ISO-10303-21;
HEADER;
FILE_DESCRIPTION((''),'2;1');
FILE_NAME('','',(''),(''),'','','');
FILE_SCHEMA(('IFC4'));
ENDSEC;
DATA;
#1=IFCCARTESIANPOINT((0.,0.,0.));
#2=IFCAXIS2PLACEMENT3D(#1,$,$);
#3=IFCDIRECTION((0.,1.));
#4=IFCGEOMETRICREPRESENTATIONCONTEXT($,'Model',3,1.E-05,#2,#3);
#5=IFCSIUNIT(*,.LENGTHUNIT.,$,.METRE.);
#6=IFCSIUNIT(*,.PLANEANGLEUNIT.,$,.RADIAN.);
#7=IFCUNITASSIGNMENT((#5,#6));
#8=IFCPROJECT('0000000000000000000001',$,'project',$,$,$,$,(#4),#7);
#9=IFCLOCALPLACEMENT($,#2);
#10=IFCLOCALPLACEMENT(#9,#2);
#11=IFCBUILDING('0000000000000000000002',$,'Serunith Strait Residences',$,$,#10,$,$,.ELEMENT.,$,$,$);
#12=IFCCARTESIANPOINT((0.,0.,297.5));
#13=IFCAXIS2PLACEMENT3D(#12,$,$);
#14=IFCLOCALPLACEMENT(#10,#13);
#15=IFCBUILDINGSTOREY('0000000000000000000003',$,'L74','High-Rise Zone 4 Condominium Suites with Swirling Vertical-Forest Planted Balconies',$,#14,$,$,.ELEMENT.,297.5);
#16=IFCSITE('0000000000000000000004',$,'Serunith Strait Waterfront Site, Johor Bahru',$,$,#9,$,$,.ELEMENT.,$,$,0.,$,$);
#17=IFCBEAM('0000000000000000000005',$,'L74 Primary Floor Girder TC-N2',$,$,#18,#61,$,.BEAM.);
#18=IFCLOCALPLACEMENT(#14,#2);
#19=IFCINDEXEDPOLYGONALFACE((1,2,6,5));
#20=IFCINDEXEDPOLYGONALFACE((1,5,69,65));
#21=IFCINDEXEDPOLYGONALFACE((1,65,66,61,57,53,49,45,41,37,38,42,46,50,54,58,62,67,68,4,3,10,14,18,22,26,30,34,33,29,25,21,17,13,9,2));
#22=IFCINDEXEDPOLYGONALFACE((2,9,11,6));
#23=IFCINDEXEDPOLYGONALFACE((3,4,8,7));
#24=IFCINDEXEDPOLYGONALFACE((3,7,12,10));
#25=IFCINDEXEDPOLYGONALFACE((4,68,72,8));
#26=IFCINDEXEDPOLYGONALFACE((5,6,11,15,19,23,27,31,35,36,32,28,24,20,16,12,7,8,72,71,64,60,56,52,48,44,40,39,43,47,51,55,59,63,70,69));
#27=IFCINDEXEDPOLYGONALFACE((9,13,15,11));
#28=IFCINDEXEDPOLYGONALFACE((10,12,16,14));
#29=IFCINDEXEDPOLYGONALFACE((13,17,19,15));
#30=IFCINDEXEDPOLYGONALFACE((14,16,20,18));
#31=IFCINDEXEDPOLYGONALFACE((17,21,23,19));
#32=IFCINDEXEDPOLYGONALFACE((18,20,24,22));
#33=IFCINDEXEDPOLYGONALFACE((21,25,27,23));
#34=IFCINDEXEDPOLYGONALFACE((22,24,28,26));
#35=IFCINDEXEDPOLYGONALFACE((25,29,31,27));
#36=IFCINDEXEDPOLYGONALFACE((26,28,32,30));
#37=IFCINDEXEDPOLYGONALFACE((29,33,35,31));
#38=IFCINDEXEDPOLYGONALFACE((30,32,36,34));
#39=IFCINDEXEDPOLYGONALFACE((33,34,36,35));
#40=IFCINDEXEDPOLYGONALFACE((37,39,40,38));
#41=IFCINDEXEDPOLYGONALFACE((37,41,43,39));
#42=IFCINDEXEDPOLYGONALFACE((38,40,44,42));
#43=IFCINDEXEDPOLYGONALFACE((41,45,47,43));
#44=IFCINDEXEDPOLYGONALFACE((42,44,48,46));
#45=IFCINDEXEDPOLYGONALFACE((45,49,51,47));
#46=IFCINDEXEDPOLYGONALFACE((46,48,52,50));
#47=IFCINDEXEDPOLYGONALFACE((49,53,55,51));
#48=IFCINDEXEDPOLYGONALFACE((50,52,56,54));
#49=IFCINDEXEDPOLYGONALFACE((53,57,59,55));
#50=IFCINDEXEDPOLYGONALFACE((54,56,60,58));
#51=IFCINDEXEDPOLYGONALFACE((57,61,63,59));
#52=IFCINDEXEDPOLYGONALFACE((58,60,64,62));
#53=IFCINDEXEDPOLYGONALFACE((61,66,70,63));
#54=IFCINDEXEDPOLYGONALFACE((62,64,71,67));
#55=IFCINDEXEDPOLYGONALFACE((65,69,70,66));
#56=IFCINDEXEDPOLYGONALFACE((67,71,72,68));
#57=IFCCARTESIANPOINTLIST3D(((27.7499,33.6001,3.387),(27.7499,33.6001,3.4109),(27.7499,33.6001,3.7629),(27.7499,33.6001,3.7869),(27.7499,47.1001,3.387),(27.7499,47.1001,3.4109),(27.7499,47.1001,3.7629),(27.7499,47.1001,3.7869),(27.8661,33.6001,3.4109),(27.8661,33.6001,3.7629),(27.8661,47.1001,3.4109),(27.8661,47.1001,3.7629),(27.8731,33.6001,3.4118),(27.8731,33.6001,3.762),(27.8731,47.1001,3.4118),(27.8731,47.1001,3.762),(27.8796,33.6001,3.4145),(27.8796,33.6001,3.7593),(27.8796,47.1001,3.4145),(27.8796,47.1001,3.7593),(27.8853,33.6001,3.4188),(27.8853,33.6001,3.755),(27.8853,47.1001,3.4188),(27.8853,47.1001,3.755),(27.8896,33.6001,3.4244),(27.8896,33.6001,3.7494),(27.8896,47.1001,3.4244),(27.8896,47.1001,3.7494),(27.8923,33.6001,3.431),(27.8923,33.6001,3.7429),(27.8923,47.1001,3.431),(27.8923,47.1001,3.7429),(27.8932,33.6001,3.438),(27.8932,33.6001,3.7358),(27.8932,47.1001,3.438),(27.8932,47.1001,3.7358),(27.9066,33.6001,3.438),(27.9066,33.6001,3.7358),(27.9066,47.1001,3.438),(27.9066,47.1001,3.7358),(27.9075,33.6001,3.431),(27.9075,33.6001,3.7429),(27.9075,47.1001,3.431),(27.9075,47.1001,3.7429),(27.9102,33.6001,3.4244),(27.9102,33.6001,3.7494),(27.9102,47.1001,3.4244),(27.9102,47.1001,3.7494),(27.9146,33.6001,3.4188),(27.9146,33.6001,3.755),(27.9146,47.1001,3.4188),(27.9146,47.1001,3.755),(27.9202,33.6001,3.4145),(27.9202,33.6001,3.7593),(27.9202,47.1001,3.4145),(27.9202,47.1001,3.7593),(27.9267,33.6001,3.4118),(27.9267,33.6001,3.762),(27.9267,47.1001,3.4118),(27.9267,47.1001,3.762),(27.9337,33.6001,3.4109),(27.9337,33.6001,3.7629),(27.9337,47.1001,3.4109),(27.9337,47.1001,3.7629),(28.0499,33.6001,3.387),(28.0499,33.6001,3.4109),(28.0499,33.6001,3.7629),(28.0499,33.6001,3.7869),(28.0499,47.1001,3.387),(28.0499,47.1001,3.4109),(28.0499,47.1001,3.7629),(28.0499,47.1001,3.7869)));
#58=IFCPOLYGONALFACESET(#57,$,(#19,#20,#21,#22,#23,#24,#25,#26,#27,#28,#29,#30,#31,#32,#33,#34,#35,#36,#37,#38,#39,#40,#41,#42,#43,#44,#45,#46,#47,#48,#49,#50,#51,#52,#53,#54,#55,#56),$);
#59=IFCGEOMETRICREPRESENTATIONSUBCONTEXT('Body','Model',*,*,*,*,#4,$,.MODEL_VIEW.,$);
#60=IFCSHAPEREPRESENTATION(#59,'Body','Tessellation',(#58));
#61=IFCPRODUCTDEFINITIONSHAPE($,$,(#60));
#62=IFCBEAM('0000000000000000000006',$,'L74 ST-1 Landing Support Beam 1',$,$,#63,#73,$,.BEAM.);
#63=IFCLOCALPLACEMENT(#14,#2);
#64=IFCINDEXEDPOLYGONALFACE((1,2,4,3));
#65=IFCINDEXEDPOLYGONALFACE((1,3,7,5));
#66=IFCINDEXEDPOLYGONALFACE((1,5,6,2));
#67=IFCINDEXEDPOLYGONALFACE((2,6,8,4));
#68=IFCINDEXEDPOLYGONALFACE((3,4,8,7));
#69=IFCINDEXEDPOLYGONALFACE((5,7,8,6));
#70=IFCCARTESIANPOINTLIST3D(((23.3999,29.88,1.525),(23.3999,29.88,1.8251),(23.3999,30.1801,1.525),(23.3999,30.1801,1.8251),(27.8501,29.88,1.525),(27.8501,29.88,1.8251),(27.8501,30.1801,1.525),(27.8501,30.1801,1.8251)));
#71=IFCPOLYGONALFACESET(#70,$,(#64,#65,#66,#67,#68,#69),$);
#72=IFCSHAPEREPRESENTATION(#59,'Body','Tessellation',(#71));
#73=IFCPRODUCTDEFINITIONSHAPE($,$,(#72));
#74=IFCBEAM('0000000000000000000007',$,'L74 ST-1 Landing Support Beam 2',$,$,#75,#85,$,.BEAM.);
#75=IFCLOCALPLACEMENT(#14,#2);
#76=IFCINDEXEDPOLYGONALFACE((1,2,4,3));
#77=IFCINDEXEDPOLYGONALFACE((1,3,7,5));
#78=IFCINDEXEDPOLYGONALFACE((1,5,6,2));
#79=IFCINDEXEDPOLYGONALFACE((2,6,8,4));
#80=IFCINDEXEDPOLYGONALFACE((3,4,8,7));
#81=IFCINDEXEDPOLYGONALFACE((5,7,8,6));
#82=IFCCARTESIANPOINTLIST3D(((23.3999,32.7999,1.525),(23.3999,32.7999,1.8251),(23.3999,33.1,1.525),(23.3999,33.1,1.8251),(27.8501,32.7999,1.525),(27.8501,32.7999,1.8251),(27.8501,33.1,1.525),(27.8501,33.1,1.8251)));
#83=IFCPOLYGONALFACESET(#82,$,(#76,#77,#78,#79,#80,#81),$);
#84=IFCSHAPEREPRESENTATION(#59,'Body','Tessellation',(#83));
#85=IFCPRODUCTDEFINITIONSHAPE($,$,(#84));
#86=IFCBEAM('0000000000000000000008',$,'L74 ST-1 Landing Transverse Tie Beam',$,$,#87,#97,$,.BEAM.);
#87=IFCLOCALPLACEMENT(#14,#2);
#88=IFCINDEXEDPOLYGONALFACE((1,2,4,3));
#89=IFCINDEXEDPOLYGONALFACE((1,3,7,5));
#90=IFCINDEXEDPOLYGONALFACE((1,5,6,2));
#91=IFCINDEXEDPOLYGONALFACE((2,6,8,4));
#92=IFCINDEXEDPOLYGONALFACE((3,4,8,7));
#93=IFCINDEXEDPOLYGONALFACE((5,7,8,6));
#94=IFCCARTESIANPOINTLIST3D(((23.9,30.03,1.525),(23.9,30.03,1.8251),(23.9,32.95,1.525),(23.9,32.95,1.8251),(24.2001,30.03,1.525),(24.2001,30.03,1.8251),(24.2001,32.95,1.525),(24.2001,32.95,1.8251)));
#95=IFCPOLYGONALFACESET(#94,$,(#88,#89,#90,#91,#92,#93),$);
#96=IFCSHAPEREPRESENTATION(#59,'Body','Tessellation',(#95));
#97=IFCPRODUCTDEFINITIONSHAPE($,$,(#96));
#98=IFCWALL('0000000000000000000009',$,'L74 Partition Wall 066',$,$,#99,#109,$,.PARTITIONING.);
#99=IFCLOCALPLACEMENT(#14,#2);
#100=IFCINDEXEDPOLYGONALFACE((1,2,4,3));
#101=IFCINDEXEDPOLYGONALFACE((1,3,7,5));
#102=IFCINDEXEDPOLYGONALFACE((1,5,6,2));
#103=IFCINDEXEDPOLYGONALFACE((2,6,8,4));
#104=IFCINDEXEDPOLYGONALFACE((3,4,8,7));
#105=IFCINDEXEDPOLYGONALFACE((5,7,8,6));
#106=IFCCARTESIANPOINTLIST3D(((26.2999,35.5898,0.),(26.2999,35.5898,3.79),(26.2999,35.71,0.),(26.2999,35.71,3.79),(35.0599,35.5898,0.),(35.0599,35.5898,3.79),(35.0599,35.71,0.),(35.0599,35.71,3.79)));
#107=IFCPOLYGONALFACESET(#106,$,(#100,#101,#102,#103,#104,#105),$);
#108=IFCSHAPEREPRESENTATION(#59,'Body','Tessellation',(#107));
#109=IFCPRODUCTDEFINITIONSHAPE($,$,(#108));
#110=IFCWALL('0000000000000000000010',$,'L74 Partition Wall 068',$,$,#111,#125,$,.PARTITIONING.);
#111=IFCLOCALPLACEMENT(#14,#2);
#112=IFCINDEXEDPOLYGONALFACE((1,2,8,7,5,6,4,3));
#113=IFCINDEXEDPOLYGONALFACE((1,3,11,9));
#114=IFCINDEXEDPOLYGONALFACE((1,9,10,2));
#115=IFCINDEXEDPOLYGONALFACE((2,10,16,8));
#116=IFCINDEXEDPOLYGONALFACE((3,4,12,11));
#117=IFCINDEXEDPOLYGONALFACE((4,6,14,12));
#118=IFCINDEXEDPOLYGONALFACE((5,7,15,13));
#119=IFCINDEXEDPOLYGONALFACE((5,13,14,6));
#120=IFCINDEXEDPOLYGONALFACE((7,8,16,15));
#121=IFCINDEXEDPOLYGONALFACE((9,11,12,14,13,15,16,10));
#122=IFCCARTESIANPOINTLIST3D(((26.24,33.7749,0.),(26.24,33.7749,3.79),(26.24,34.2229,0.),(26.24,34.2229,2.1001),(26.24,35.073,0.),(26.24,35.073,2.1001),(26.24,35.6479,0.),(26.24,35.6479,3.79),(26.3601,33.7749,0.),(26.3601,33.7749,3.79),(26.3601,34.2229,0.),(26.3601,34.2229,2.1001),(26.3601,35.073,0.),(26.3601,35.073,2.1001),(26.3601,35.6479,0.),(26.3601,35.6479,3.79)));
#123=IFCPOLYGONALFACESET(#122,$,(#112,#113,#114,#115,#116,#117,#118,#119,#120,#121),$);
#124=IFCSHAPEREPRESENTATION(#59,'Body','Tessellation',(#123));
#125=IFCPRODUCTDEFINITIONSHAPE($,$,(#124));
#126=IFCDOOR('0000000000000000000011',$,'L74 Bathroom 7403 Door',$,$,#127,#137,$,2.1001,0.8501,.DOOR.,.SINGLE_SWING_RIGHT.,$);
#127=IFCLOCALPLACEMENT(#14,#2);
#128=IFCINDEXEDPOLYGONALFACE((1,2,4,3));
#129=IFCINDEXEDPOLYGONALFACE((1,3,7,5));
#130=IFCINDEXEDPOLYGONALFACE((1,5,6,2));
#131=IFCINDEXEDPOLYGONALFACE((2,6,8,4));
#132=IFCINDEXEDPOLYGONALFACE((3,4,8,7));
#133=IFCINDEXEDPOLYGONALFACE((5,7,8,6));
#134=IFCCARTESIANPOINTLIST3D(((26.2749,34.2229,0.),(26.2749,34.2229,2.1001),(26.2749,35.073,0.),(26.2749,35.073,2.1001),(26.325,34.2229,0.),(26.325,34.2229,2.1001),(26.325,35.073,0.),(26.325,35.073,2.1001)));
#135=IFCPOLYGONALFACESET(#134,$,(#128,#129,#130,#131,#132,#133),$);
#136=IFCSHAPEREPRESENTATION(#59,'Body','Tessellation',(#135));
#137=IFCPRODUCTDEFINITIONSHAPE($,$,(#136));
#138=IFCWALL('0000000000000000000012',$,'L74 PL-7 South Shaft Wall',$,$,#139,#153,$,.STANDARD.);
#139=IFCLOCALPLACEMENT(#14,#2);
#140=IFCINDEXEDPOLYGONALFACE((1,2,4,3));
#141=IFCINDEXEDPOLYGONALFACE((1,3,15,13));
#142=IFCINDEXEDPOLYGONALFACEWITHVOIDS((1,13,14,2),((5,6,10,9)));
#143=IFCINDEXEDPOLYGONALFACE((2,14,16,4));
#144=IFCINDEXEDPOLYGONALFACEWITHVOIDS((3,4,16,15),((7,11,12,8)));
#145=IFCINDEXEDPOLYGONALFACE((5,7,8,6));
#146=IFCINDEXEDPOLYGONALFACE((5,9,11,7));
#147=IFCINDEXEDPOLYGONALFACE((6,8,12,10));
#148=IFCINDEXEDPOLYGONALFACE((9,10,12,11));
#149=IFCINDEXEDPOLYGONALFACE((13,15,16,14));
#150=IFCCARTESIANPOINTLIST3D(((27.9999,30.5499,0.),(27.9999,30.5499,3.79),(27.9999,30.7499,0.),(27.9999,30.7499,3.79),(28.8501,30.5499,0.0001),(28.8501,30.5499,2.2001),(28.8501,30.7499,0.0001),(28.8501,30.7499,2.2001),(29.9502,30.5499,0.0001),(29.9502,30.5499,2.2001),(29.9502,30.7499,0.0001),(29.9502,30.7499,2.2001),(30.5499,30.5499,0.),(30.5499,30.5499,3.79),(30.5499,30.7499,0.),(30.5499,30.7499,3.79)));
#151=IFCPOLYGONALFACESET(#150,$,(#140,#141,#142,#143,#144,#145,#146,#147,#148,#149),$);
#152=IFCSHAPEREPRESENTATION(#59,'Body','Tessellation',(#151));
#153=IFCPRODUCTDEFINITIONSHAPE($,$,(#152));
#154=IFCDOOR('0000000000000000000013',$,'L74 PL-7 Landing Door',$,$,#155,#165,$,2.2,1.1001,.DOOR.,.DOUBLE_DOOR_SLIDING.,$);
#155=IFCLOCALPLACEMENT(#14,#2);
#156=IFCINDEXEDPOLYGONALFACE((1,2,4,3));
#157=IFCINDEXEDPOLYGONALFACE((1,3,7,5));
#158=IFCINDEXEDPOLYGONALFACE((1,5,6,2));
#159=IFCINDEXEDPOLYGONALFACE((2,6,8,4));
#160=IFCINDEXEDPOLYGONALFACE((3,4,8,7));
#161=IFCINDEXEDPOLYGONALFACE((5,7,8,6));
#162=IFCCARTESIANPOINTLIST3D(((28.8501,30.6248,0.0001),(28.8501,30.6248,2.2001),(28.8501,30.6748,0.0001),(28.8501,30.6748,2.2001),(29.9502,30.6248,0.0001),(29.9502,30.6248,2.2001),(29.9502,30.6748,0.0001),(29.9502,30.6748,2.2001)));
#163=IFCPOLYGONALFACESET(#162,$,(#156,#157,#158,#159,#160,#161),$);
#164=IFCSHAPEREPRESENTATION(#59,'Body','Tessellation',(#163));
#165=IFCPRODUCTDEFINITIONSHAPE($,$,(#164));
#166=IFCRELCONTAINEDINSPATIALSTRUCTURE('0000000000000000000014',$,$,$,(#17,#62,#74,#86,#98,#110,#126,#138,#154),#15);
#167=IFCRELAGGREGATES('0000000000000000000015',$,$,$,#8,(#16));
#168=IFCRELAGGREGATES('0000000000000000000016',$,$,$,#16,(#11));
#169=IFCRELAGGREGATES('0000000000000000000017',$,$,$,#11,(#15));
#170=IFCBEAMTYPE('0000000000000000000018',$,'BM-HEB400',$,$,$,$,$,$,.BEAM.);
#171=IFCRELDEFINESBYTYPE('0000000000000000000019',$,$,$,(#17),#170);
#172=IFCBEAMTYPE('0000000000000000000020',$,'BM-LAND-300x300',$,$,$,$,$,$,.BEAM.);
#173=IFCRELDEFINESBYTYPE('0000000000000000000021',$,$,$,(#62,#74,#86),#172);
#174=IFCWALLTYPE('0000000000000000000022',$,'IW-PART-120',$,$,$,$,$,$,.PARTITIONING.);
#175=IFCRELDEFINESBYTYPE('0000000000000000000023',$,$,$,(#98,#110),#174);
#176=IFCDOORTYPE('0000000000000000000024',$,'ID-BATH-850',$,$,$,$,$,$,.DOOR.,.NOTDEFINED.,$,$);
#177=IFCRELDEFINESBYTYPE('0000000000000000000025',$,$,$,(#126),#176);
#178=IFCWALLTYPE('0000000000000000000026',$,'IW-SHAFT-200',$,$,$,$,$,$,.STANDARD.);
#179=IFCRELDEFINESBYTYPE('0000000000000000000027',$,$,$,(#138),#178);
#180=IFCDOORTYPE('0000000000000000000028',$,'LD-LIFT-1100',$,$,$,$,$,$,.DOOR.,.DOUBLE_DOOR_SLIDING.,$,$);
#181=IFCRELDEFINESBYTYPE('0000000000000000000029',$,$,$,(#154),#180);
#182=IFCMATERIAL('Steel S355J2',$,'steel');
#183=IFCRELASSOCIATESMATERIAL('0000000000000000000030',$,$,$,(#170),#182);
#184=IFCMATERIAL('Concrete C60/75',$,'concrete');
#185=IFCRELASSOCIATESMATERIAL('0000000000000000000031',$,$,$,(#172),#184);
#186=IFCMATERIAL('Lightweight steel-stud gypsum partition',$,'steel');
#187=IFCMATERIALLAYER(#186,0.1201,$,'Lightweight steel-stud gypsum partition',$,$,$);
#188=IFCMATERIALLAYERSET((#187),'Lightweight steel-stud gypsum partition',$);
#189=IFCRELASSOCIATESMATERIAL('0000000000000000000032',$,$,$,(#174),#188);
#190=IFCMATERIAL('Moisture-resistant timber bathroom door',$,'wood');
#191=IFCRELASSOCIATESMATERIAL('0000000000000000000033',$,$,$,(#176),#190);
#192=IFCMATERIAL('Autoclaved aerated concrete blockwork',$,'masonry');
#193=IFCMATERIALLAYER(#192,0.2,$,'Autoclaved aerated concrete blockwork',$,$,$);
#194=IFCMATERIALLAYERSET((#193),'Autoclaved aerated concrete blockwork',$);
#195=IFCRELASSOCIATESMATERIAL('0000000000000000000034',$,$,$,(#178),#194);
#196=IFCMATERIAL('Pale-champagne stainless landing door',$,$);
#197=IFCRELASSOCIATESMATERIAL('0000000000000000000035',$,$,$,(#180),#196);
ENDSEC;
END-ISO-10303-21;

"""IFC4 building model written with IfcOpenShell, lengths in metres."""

from ifc_helpers import new_model, si_unit, direction, frame, frame_2d, origin, origin_2d, place, context, subcontext, project, spatial, rectangle, i_section, extrude, source, transform, mapped, material, layer, layer_set, material_profile, profile_set, type_object, element, fill, save


model = new_model("IFC4")

# Units and contexts
model_context = context("Model", 3, precision=1e-05, world=origin(), true_north=direction((0.0, 1.0)))
body_context = subcontext(model_context, "Body", "Model", "MODEL_VIEW")
ifc_project = project(units=[si_unit("LENGTHUNIT", "METRE"), si_unit("PLANEANGLEUNIT", "RADIAN")], contexts=[model_context])

# Site, building, storey
site_placement = place(None, origin())
site = spatial("IfcSite", under=ifc_project, at=site_placement, Name="Serunith Strait Waterfront Site, Johor Bahru", CompositionType="ELEMENT", RefElevation=0.0)
building_placement = place(site_placement, origin())
building = spatial("IfcBuilding", under=site, at=building_placement, Name="Serunith Strait Residences", CompositionType="ELEMENT")
storey_placement = place(building_placement, frame((0.0, 0.0, 297.5)))
storey = spatial("IfcBuildingStorey", under=building, at=storey_placement, Name="L74", Description="High-Rise Zone 4 Condominium Suites with Swirling Vertical-Forest Planted Balconies", CompositionType="ELEMENT", Elevation=297.5)

# Beams
ifc_material_1 = material(Name="Steel S355J2", Category="steel")
ifc_material_profile_1 = material_profile(ifc_material_1, i_section(OverallWidth=0.3, OverallDepth=0.3999, WebThickness=0.0134, FlangeThickness=0.0239, FilletRadius=0.0271, at=origin_2d()), Name="HEB 400")
ifc_profile_set_1 = profile_set([ifc_material_profile_1], Name="Steel S355J2")
beam_type_1 = type_object("IfcBeamType", Name="BM-HEB400", PredefinedType="BEAM", material=ifc_profile_set_1)
shared_shape_1 = source(origin(), body_context, "Body", "SweptSolid", [
    extrude(i_section(OverallWidth=0.3, OverallDepth=0.3999, WebThickness=0.0134, FlangeThickness=0.0239, FilletRadius=0.0271, at=origin_2d()), origin(), (0.0, 0.0, 1.0), 13.5),
])
beam_1_placement = place(storey_placement, frame((27.8999, 33.6001, 3.5869), z_axis=(0.0, 1.0, 0.0), x_axis=(-1.0, 0.0, 0.0)))
element("IfcBeam", 1, at=beam_1_placement, inside=storey, type_object=beam_type_1, Name="L74 Primary Floor Girder TC-N2", PredefinedType="BEAM", context=body_context, shape_type="MappedRepresentation", body=[
    mapped(shared_shape_1, transform((0.0, 0.0, 0.0), scale=1.0)),
])
ifc_material_2 = material(Name="Concrete C60/75", Category="concrete")
ifc_material_profile_2 = material_profile(ifc_material_2, rectangle(XDim=0.3, YDim=0.3, at=origin_2d()), Name="RC 300x300")
ifc_profile_set_2 = profile_set([ifc_material_profile_2], Name="Concrete C60/75")
beam_type_2 = type_object("IfcBeamType", Name="BM-LAND-300x300", PredefinedType="BEAM", material=ifc_profile_set_2)
shared_shape_2 = source(origin(), body_context, "Body", "SweptSolid", [
    extrude(rectangle(XDim=0.3, YDim=0.3, at=origin_2d()), origin(), (0.0, 0.0, 1.0), 4.4502),
])
for number, where, z_axis, x_axis, name in (
    (2, (23.3999, 30.03, 1.675), (1.0, 0.0, 0.0), (0.0, 1.0, 0.0), "L74 ST-1 Landing Support Beam 1"),
    (3, (23.3999, 32.95, 1.675), (1.0, 0.0, 0.0), (0.0, 1.0, 0.0), "L74 ST-1 Landing Support Beam 2"),
):
    element("IfcBeam", number, at=place(storey_placement, frame(where, z_axis=z_axis, x_axis=x_axis)), inside=storey, type_object=beam_type_2, Name=name, PredefinedType="BEAM", context=body_context, shape_type="MappedRepresentation", body=[
        mapped(shared_shape_2, transform((0.0, 0.0, 0.0), scale=1.0)),
    ])
shared_shape_3 = source(origin(), body_context, "Body", "SweptSolid", [
    extrude(rectangle(XDim=0.3, YDim=0.3, at=origin_2d()), origin(), (0.0, 0.0, 1.0), 2.9199),
])
beam_2_placement = place(storey_placement, frame((24.05, 30.03, 1.675), z_axis=(0.0, 1.0, 0.0), x_axis=(-1.0, 0.0, 0.0)))
element("IfcBeam", 4, at=beam_2_placement, inside=storey, type_object=beam_type_2, Name="L74 ST-1 Landing Transverse Tie Beam", PredefinedType="BEAM", context=body_context, shape_type="MappedRepresentation", body=[
    mapped(shared_shape_3, transform((0.0, 0.0, 0.0), scale=1.0)),
])

# Wall
ifc_material_3 = material(Name="Lightweight steel-stud gypsum partition", Category="steel")
ifc_layer_1 = layer(ifc_material_3, 0.1201, Name="Lightweight steel-stud gypsum partition")
ifc_layer_set_1 = layer_set([ifc_layer_1], Name="Lightweight steel-stud gypsum partition")
wall_type_1 = type_object("IfcWallType", Name="IW-PART-120", PredefinedType="PARTITIONING", material=ifc_layer_set_1)
wall_1_placement = place(storey_placement, frame((26.3, 35.6499, 0.0), z_axis=(0.0, 0.0, 1.0), x_axis=(1.0, 0.0, 0.0)))
element("IfcWall", 5, at=wall_1_placement, inside=storey, type_object=wall_type_1, Name="L74 Partition Wall 066", PredefinedType="PARTITIONING", context=body_context, shape_type="SweptSolid", body=[
    extrude(rectangle(XDim=8.76, YDim=0.1201, at=frame_2d((4.3799, 0.0))), origin(), (0.0, 0.0, 1.0), 3.79),
])

# Walls, openings, doors
wall_2_placement = place(storey_placement, frame((26.3, 35.6479, 0.0), z_axis=(0.0, 0.0, 1.0), x_axis=(0.0, -1.0, 0.0)))
wall_2 = element("IfcWall", 6, at=wall_2_placement, inside=storey, type_object=wall_type_1, Name="L74 Partition Wall 068", PredefinedType="PARTITIONING", context=body_context, shape_type="SweptSolid", body=[
    extrude(rectangle(XDim=1.873, YDim=0.1201, at=frame_2d((0.9365, 0.0))), origin(), (0.0, 0.0, 1.0), 3.79),
])
opening_1_placement = place(wall_2_placement, frame((0.575, 0.0, 0.0)))
opening_1 = element("IfcOpeningElement", 7, at=opening_1_placement, cuts=wall_2, PredefinedType="OPENING", context=body_context, shape_type="SweptSolid", body=[
    extrude(rectangle(XDim=0.8501, YDim=2.1001, at=frame_2d((0.425, 1.05))), frame((0.0, 0.0701, 0.0), z_axis=(0.0, -1.0, 0.0), x_axis=(1.0, 0.0, 0.0)), (0.0, 0.0, 1.0), 0.1401),
])
ifc_material_4 = material(Name="Moisture-resistant timber bathroom door", Category="wood")
door_type_1 = type_object("IfcDoorType", Name="ID-BATH-850", OperationType="NOTDEFINED", PredefinedType="DOOR", material=ifc_material_4)
shared_shape_4 = source(origin(), body_context, "Body", "SweptSolid", [
    extrude(rectangle(XDim=0.8501, YDim=2.1001, at=frame_2d((0.425, 1.05))), frame((0.0, 0.0249, 0.0), z_axis=(0.0, -1.0, 0.0), x_axis=(1.0, 0.0, 0.0)), (0.0, 0.0, 1.0), 0.05),
])
door_1_placement = place(opening_1_placement, origin())
door_1 = element("IfcDoor", 8, at=door_1_placement, inside=storey, type_object=door_type_1, Name="L74 Bathroom 7403 Door", OperationType="SINGLE_SWING_RIGHT", OverallHeight=2.1001, OverallWidth=0.8501, PredefinedType="DOOR", context=body_context, shape_type="MappedRepresentation", body=[
    mapped(shared_shape_4, transform((0.0, 0.0, 0.0), scale=1.0)),
])
fill(opening_1, door_1)
ifc_material_5 = material(Name="Autoclaved aerated concrete blockwork", Category="masonry")
ifc_layer_2 = layer(ifc_material_5, 0.2, Name="Autoclaved aerated concrete blockwork")
ifc_layer_set_2 = layer_set([ifc_layer_2], Name="Autoclaved aerated concrete blockwork")
wall_type_2 = type_object("IfcWallType", Name="IW-SHAFT-200", PredefinedType="STANDARD", material=ifc_layer_set_2)
wall_3_placement = place(storey_placement, frame((28.0, 30.6499, 0.0), z_axis=(0.0, 0.0, 1.0), x_axis=(1.0, 0.0, 0.0)))
wall_3 = element("IfcWall", 9, at=wall_3_placement, inside=storey, type_object=wall_type_2, Name="L74 PL-7 South Shaft Wall", PredefinedType="STANDARD", context=body_context, shape_type="SweptSolid", body=[
    extrude(rectangle(XDim=2.55, YDim=0.2, at=frame_2d((1.2749, 0.0))), origin(), (0.0, 0.0, 1.0), 3.79),
])
opening_2_placement = place(wall_3_placement, frame((0.8501, 0.0, 0.0)))
opening_2 = element("IfcOpeningElement", 10, at=opening_2_placement, cuts=wall_3, PredefinedType="OPENING", context=body_context, shape_type="SweptSolid", body=[
    extrude(rectangle(XDim=1.1001, YDim=2.2, at=frame_2d((0.55, 1.1001))), frame((0.0, 0.1099, 0.0), z_axis=(0.0, -1.0, 0.0), x_axis=(1.0, 0.0, 0.0)), (0.0, 0.0, 1.0), 0.22),
])
ifc_material_6 = material(Name="Pale-champagne stainless landing door")
door_type_2 = type_object("IfcDoorType", Name="LD-LIFT-1100", OperationType="DOUBLE_DOOR_SLIDING", PredefinedType="DOOR", material=ifc_material_6)
shared_shape_5 = source(origin(), body_context, "Body", "SweptSolid", [
    extrude(rectangle(XDim=1.1001, YDim=2.2, at=frame_2d((0.55, 1.1001))), frame((0.0, 0.0249, 0.0), z_axis=(0.0, -1.0, 0.0), x_axis=(1.0, 0.0, 0.0)), (0.0, 0.0, 1.0), 0.05),
])
door_2_placement = place(opening_2_placement, origin())
door_2 = element("IfcDoor", 11, at=door_2_placement, inside=storey, type_object=door_type_2, Name="L74 PL-7 Landing Door", OperationType="DOUBLE_DOOR_SLIDING", OverallHeight=2.2, OverallWidth=1.1001, PredefinedType="DOOR", context=body_context, shape_type="MappedRepresentation", body=[
    mapped(shared_shape_5, transform((0.0, 0.0, 0.0), scale=1.0)),
])
fill(opening_2, door_2)

save(model, "model.ifc")
